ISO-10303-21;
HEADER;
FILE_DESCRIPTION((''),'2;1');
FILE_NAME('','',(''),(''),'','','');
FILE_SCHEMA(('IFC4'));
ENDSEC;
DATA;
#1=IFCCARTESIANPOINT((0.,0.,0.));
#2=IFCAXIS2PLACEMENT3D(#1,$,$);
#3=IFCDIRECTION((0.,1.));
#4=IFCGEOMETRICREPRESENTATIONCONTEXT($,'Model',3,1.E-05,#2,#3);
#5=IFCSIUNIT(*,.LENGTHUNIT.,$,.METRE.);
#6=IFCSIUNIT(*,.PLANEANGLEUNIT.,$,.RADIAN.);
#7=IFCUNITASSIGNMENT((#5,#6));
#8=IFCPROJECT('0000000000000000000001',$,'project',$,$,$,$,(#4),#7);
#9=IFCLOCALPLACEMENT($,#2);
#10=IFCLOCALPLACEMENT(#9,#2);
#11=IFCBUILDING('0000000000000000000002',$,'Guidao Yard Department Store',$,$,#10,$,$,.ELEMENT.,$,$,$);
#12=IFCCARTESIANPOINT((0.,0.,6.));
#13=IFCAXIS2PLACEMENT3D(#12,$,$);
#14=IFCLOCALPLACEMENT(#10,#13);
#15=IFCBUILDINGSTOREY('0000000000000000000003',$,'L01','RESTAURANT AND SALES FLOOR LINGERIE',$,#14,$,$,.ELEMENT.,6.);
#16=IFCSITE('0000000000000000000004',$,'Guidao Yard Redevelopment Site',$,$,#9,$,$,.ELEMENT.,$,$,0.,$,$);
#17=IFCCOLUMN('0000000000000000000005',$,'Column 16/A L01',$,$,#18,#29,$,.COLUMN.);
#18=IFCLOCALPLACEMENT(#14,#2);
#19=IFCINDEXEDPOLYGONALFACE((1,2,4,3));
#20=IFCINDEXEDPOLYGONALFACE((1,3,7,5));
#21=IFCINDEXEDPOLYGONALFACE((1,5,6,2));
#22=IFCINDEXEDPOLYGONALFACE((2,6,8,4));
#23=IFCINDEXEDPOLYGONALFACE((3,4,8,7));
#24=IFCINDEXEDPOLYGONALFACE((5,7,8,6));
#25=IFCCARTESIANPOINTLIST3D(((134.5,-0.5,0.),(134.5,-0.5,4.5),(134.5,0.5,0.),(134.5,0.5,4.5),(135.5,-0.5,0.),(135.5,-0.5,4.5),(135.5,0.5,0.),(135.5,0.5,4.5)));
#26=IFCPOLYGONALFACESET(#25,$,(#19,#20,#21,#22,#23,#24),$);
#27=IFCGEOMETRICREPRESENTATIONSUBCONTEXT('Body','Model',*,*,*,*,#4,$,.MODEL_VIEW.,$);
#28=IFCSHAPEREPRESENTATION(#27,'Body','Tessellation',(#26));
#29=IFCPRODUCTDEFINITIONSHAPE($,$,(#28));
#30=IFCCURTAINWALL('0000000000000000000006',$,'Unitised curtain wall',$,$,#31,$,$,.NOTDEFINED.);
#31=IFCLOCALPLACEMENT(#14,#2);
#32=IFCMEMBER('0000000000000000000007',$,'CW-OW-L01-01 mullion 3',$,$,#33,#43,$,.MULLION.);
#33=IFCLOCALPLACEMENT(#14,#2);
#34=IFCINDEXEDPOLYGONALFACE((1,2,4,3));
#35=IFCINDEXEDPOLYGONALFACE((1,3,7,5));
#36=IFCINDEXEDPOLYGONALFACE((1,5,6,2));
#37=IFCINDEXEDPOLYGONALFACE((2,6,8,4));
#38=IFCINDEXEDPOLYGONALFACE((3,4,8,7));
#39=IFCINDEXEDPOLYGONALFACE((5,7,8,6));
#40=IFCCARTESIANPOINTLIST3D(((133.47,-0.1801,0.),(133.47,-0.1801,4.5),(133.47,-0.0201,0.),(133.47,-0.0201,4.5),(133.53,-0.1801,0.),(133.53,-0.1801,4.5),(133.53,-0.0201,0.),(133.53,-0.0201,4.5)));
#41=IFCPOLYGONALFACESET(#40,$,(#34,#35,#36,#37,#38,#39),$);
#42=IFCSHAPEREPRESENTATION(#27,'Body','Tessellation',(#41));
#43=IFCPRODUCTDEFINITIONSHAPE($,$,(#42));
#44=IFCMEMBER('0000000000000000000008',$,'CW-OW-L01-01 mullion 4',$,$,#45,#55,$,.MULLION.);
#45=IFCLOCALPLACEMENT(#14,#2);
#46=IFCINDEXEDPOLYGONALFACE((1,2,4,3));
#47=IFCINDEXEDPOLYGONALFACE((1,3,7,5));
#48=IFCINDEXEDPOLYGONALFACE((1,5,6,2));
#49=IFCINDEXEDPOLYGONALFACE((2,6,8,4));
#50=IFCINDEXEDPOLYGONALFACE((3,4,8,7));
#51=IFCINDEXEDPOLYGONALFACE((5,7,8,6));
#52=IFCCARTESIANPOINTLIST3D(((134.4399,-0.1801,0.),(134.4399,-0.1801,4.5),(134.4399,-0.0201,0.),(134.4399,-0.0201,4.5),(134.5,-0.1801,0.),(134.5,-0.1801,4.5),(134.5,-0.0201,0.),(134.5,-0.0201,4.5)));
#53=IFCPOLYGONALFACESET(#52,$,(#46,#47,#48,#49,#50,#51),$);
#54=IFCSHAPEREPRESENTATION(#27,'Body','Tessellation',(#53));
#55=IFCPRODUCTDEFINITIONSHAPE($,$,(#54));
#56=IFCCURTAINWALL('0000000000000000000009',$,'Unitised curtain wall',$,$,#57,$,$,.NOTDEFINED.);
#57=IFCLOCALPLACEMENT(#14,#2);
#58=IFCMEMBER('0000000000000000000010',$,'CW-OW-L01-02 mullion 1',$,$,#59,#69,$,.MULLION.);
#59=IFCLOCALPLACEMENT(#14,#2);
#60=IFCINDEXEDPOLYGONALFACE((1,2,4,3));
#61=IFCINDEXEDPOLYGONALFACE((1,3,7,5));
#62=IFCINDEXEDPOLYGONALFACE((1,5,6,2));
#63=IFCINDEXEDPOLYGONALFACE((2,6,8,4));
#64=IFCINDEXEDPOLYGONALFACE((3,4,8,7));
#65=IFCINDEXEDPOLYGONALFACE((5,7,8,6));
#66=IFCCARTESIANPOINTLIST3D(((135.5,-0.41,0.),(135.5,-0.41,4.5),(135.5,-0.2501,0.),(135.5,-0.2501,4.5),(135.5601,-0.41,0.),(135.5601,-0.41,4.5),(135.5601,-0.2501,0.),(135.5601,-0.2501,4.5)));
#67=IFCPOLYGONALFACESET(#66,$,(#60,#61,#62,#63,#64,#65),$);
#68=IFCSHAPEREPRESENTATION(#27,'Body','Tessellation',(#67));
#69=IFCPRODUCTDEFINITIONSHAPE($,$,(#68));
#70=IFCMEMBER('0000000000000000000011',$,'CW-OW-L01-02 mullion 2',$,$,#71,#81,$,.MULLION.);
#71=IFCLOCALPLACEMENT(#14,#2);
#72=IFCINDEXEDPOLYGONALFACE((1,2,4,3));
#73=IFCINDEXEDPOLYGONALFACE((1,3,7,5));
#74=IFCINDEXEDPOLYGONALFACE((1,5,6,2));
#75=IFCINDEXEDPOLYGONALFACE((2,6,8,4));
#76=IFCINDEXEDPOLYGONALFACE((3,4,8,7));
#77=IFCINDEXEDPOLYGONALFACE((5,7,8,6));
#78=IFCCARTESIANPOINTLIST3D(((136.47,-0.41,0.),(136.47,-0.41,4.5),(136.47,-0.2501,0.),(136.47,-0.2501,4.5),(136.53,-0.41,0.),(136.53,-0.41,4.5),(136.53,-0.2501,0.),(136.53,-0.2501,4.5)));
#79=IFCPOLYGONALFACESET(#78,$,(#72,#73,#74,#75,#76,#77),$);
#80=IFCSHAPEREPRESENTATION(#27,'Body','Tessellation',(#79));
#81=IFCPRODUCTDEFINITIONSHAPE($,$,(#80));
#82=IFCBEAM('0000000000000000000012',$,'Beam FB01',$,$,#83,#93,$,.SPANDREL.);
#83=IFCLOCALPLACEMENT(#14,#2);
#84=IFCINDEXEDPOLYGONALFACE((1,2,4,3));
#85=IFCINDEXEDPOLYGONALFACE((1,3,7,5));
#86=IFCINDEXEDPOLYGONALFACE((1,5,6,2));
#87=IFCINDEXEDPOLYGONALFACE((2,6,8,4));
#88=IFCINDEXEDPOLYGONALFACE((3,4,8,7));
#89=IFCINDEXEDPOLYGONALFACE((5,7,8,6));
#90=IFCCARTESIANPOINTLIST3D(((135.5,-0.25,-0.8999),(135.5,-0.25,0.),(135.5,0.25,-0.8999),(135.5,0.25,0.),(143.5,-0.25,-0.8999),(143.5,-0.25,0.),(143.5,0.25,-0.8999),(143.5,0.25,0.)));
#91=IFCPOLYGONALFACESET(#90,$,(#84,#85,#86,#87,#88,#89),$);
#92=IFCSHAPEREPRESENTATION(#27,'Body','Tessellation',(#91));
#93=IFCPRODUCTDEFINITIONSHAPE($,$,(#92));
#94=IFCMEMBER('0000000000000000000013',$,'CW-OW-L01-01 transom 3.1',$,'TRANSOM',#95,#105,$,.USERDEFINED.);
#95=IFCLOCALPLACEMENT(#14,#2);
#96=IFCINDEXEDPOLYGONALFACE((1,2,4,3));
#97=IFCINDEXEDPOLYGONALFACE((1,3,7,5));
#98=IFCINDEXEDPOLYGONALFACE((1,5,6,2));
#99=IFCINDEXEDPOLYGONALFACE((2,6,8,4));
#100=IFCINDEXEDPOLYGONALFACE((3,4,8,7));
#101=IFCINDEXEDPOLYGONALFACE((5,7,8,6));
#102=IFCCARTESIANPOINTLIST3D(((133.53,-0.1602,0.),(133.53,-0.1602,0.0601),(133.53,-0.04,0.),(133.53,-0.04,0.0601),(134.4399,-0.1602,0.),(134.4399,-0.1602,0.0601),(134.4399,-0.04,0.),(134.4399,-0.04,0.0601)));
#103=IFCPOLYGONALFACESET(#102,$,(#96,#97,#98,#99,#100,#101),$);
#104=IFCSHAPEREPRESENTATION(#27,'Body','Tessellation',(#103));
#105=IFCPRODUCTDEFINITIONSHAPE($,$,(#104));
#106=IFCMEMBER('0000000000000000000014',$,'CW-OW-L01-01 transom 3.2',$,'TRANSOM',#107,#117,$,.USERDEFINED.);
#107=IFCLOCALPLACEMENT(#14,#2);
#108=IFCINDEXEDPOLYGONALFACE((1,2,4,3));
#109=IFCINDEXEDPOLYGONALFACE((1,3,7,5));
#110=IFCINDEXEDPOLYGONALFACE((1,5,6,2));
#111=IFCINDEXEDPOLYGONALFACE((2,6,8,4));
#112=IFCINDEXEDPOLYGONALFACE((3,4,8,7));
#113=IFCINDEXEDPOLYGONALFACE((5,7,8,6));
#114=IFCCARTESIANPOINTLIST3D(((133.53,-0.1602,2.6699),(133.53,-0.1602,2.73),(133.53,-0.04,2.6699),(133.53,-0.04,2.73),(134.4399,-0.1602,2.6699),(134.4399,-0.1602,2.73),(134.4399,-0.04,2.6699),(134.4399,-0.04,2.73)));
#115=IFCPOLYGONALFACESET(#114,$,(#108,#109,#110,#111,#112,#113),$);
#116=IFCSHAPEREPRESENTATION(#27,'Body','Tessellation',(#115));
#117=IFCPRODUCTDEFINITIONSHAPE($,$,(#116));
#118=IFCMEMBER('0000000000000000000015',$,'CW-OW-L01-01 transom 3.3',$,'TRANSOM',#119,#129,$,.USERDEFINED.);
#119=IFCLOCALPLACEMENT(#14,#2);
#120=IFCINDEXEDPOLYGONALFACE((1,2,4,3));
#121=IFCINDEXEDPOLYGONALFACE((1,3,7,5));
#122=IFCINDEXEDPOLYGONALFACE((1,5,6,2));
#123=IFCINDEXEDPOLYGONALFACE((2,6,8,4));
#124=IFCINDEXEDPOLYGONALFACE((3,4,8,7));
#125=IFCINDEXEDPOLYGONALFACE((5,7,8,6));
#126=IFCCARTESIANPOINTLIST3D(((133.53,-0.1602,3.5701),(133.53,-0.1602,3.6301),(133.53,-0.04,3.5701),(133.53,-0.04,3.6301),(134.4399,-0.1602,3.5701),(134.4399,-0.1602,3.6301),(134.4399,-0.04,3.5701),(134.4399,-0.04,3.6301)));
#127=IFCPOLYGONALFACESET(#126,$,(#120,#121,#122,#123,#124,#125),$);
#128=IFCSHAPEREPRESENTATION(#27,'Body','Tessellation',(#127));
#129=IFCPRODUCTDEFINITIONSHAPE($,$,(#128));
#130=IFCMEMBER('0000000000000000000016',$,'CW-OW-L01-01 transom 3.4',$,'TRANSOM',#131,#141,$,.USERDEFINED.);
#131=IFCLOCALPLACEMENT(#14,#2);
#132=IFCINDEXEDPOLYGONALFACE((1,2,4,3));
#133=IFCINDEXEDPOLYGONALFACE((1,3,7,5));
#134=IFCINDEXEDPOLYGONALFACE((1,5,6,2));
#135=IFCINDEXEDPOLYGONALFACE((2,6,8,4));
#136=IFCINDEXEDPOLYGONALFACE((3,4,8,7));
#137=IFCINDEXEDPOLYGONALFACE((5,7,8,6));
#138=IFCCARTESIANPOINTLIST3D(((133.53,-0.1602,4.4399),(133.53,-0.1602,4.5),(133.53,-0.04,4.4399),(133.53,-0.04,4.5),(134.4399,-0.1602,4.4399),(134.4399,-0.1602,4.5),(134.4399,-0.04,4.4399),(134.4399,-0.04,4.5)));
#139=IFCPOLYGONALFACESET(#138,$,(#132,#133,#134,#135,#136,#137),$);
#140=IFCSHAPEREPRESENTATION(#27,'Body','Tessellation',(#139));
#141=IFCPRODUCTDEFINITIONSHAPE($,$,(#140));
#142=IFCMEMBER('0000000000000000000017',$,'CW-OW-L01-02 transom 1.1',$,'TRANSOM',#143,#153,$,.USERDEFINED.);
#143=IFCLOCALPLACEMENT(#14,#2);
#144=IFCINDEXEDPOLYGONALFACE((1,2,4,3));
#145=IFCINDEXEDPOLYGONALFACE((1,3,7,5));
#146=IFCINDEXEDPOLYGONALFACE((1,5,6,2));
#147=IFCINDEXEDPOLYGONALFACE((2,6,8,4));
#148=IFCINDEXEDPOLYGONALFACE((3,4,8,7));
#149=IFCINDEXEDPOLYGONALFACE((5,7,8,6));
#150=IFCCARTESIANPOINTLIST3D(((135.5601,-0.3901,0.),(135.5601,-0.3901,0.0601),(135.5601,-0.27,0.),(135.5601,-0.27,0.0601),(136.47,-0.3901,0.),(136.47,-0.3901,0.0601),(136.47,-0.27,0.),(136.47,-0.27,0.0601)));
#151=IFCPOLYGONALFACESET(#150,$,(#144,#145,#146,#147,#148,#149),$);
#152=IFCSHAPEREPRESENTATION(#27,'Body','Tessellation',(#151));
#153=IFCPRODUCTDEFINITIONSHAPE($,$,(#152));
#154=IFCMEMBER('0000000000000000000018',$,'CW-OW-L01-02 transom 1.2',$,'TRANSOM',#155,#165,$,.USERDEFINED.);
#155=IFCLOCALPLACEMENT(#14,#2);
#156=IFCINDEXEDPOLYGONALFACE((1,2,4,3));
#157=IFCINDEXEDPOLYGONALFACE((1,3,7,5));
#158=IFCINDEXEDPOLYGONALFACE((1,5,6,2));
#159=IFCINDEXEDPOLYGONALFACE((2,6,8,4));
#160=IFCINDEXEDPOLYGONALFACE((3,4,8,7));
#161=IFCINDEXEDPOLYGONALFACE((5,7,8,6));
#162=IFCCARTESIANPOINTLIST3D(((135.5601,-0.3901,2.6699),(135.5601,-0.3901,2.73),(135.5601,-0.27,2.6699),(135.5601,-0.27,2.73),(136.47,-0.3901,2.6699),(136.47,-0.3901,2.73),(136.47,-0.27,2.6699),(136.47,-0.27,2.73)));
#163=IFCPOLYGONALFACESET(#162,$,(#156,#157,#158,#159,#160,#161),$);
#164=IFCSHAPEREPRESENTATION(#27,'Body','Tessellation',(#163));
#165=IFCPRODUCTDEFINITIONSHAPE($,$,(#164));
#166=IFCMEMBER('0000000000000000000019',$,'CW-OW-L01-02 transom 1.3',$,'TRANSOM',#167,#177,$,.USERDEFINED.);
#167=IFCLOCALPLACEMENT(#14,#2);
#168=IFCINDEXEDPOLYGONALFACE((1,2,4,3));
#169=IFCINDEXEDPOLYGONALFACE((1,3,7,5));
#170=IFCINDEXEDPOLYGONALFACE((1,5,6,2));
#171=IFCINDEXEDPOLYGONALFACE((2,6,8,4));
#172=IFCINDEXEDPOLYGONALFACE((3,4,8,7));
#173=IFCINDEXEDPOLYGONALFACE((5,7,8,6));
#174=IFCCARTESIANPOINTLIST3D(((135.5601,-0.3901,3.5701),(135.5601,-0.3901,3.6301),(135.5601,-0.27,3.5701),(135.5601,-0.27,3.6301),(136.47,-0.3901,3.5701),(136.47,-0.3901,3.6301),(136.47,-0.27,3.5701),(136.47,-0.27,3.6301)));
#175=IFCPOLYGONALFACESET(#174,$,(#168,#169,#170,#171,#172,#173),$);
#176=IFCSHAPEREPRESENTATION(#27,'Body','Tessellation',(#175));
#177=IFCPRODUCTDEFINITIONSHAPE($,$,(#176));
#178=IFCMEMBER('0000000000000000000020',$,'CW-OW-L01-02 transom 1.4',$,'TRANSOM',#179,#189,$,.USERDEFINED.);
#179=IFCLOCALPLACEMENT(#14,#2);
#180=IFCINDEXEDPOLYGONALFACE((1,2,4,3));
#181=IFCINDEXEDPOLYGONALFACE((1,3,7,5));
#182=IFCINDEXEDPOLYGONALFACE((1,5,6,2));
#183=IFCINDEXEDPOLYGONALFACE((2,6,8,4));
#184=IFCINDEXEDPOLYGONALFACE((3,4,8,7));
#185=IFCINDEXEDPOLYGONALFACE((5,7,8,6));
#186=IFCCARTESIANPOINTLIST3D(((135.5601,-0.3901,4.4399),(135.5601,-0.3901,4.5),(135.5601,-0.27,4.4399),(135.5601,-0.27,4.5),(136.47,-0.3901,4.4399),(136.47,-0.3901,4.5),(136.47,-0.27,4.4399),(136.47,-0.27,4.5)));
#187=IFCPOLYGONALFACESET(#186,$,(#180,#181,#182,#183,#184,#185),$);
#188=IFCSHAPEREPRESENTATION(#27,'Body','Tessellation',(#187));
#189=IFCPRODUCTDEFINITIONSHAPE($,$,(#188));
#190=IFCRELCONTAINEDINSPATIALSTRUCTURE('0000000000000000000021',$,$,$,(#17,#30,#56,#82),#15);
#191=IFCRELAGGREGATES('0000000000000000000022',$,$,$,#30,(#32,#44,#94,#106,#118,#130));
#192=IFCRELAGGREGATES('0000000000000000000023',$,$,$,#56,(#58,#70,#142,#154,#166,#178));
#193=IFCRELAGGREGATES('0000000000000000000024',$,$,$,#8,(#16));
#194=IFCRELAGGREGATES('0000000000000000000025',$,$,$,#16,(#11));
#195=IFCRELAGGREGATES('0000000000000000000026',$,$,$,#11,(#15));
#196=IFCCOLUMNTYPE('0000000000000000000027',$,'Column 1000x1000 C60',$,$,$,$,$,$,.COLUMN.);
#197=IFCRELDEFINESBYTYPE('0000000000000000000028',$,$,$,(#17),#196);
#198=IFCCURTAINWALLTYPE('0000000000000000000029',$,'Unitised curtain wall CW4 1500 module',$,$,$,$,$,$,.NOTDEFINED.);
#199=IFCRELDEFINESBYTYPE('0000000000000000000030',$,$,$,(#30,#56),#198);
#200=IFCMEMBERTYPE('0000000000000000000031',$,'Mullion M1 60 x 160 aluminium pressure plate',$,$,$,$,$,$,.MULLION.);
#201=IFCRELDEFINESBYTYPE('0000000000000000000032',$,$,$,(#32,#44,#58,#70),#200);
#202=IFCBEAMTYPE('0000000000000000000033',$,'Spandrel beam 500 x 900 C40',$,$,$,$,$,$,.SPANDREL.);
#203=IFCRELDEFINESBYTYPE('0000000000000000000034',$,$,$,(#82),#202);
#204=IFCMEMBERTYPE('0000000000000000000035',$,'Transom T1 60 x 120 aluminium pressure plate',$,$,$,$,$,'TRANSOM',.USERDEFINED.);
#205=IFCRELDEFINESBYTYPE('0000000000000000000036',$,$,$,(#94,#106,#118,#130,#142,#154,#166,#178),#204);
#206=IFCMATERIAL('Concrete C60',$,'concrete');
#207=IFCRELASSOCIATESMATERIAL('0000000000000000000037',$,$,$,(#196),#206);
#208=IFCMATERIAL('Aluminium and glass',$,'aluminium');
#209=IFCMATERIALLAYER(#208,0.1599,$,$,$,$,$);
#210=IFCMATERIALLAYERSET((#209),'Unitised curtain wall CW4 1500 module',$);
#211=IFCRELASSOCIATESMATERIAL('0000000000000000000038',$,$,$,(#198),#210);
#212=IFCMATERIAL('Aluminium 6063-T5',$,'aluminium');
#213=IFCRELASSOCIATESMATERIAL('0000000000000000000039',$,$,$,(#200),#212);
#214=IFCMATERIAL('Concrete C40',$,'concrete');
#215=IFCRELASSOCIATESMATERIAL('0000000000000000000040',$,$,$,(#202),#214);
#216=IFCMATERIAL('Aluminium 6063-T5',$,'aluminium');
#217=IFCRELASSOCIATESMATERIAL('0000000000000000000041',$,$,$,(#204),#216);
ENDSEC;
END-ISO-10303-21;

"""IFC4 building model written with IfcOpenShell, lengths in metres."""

from ifc_helpers import new_model, si_unit, direction, frame, origin, origin_2d, place, context, subcontext, project, spatial, rectangle, extrude, material, layer, layer_set, material_profile, profile_set, type_object, element, aggregate, save


model = new_model("IFC4")

# Units and contexts
model_context = context("Model", 3, precision=1e-05, world=origin(), true_north=direction((0.0, 1.0)))
body_context = subcontext(model_context, "Body", "Model", "MODEL_VIEW")
ifc_project = project(units=[si_unit("LENGTHUNIT", "METRE"), si_unit("PLANEANGLEUNIT", "RADIAN")], contexts=[model_context])

# Site, building, storey
site_placement = place(None, origin())
site = spatial("IfcSite", under=ifc_project, at=site_placement, Name="Guidao Yard Redevelopment Site", CompositionType="ELEMENT", RefElevation=0.0)
building_placement = place(site_placement, origin())
building = spatial("IfcBuilding", under=site, at=building_placement, Name="Guidao Yard Department Store", CompositionType="ELEMENT")
storey_placement = place(building_placement, frame((0.0, 0.0, 6.0)))
storey = spatial("IfcBuildingStorey", under=building, at=storey_placement, Name="L01", Description="RESTAURANT AND SALES FLOOR LINGERIE", CompositionType="ELEMENT", Elevation=6.0)

# Column
ifc_material_1 = material(Name="Concrete C60", Category="concrete")
ifc_material_profile_1 = material_profile(ifc_material_1, rectangle(XDim=1.0, YDim=1.0, at=origin_2d()), Name="COL 1000x1000")
ifc_profile_set_1 = profile_set([ifc_material_profile_1], Name="Concrete C60")
column_type = type_object("IfcColumnType", Name="Column 1000x1000 C60", PredefinedType="COLUMN", material=ifc_profile_set_1)
column_placement = place(storey_placement, frame((135.0, 0.0, 0.0), z_axis=(0.0, 0.0, 1.0), x_axis=(1.0, 0.0, 0.0)))
element("IfcColumn", 1, at=column_placement, inside=storey, type_object=column_type, Name="Column 16/A L01", PredefinedType="COLUMN", context=body_context, shape_type="SweptSolid", body=[
    extrude(rectangle(XDim=1.0, YDim=1.0, at=origin_2d()), origin(), (0.0, 0.0, 1.0), 4.5),
])

# Curtain walls, members
ifc_material_2 = material(Name="Aluminium and glass", Category="aluminium")
ifc_layer_1 = layer(ifc_material_2, 0.1599)
ifc_layer_set_1 = layer_set([ifc_layer_1], Name="Unitised curtain wall CW4 1500 module")
curtain_wall_type = type_object("IfcCurtainWallType", Name="Unitised curtain wall CW4 1500 module", PredefinedType="NOTDEFINED", material=ifc_layer_set_1)
curtain_wall_1_placement = place(storey_placement, origin())
curtain_wall_1 = element("IfcCurtainWall", 2, at=curtain_wall_1_placement, inside=storey, type_object=curtain_wall_type, Name="Unitised curtain wall", PredefinedType="NOTDEFINED")
ifc_material_3 = material(Name="Aluminium 6063-T5", Category="aluminium")
ifc_material_profile_2 = material_profile(ifc_material_3, rectangle(XDim=0.0601, YDim=0.1599, at=origin_2d()), Name="Mullion M1 60 x 160 aluminium pressure plate")
ifc_profile_set_2 = profile_set([ifc_material_profile_2], Name="Aluminium 6063-T5")
member_type_1 = type_object("IfcMemberType", Name="Mullion M1 60 x 160 aluminium pressure plate", PredefinedType="MULLION", material=ifc_profile_set_2)
member_1_placement = place(storey_placement, frame((133.5, -0.1001, 0.0), z_axis=(0.0, 0.0, 1.0), x_axis=(-1.0, 0.0, 0.0)))
member_1 = element("IfcMember", 3, at=member_1_placement, type_object=member_type_1, Name="CW-OW-L01-01 mullion 3", PredefinedType="MULLION", context=body_context, shape_type="SweptSolid", body=[
    extrude(rectangle(XDim=0.0601, YDim=0.1599, at=origin_2d()), origin(), (0.0, 0.0, 1.0), 4.5),
])
member_2_placement = place(storey_placement, frame((134.47, -0.1001, 0.0), z_axis=(0.0, 0.0, 1.0), x_axis=(-1.0, 0.0, 0.0)))
member_2 = element("IfcMember", 4, at=member_2_placement, type_object=member_type_1, Name="CW-OW-L01-01 mullion 4", PredefinedType="MULLION", context=body_context, shape_type="SweptSolid", body=[
    extrude(rectangle(XDim=0.0601, YDim=0.1599, at=origin_2d()), origin(), (0.0, 0.0, 1.0), 4.5),
])
curtain_wall_2_placement = place(storey_placement, origin())
curtain_wall_2 = element("IfcCurtainWall", 5, at=curtain_wall_2_placement, inside=storey, type_object=curtain_wall_type, Name="Unitised curtain wall", PredefinedType="NOTDEFINED")
member_3_placement = place(storey_placement, frame((135.53, -0.3301, 0.0), z_axis=(0.0, 0.0, 1.0), x_axis=(-1.0, 0.0, 0.0)))
member_3 = element("IfcMember", 6, at=member_3_placement, type_object=member_type_1, Name="CW-OW-L01-02 mullion 1", PredefinedType="MULLION", context=body_context, shape_type="SweptSolid", body=[
    extrude(rectangle(XDim=0.0601, YDim=0.1599, at=origin_2d()), origin(), (0.0, 0.0, 1.0), 4.5),
])
member_4_placement = place(storey_placement, frame((136.5, -0.3301, 0.0), z_axis=(0.0, 0.0, 1.0), x_axis=(-1.0, 0.0, 0.0)))
member_4 = element("IfcMember", 7, at=member_4_placement, type_object=member_type_1, Name="CW-OW-L01-02 mullion 2", PredefinedType="MULLION", context=body_context, shape_type="SweptSolid", body=[
    extrude(rectangle(XDim=0.0601, YDim=0.1599, at=origin_2d()), origin(), (0.0, 0.0, 1.0), 4.5),
])

# Beam
ifc_material_4 = material(Name="Concrete C40", Category="concrete")
ifc_material_profile_3 = material_profile(ifc_material_4, rectangle(XDim=0.5, YDim=0.8999, at=origin_2d()), Name="Spandrel beam 500 x 900 C40")
ifc_profile_set_3 = profile_set([ifc_material_profile_3], Name="Concrete C40")
beam_type = type_object("IfcBeamType", Name="Spandrel beam 500 x 900 C40", PredefinedType="SPANDREL", material=ifc_profile_set_3)
beam_placement = place(storey_placement, frame((135.5, 0.0, -0.45), z_axis=(1.0, 0.0, 0.0), x_axis=(0.0, 1.0, 0.0)))
element("IfcBeam", 8, at=beam_placement, inside=storey, type_object=beam_type, Name="Beam FB01", PredefinedType="SPANDREL", context=body_context, shape_type="SweptSolid", body=[
    extrude(rectangle(XDim=0.5, YDim=0.8999, at=origin_2d()), origin(), (0.0, 0.0, 1.0), 8.0),
])

# Members
ifc_material_5 = material(Name="Aluminium 6063-T5", Category="aluminium")
ifc_material_profile_4 = material_profile(ifc_material_5, rectangle(XDim=0.1201, YDim=0.0601, at=origin_2d()), Name="Transom T1 60 x 120 aluminium pressure plate")
ifc_profile_set_4 = profile_set([ifc_material_profile_4], Name="Aluminium 6063-T5")
member_type_2 = type_object("IfcMemberType", Name="Transom T1 60 x 120 aluminium pressure plate", ElementType="TRANSOM", PredefinedType="USERDEFINED", material=ifc_profile_set_4)
member_5_placement = place(storey_placement, frame((134.4399, -0.1001, 0.03), z_axis=(-1.0, 0.0, 0.0), x_axis=(0.0, -1.0, 0.0)))
member_5 = element("IfcMember", 9, at=member_5_placement, type_object=member_type_2, Name="CW-OW-L01-01 transom 3.1", ObjectType="TRANSOM", PredefinedType="USERDEFINED", context=body_context, shape_type="SweptSolid", body=[
    extrude(rectangle(XDim=0.1201, YDim=0.0601, at=origin_2d()), origin(), (0.0, 0.0, 1.0), 0.9099),
])
member_6_placement = place(storey_placement, frame((134.4399, -0.1001, 2.7), z_axis=(-1.0, 0.0, 0.0), x_axis=(0.0, -1.0, 0.0)))
member_6 = element("IfcMember", 10, at=member_6_placement, type_object=member_type_2, Name="CW-OW-L01-01 transom 3.2", ObjectType="TRANSOM", PredefinedType="USERDEFINED", context=body_context, shape_type="SweptSolid", body=[
    extrude(rectangle(XDim=0.1201, YDim=0.0601, at=origin_2d()), origin(), (0.0, 0.0, 1.0), 0.9099),
])
member_7_placement = place(storey_placement, frame((134.4399, -0.1001, 3.6001), z_axis=(-1.0, 0.0, 0.0), x_axis=(0.0, -1.0, 0.0)))
member_7 = element("IfcMember", 11, at=member_7_placement, type_object=member_type_2, Name="CW-OW-L01-01 transom 3.3", ObjectType="TRANSOM", PredefinedType="USERDEFINED", context=body_context, shape_type="SweptSolid", body=[
    extrude(rectangle(XDim=0.1201, YDim=0.0601, at=origin_2d()), origin(), (0.0, 0.0, 1.0), 0.9099),
])
member_8_placement = place(storey_placement, frame((134.4399, -0.1001, 4.47), z_axis=(-1.0, 0.0, 0.0), x_axis=(0.0, -1.0, 0.0)))
member_8 = element("IfcMember", 12, at=member_8_placement, type_object=member_type_2, Name="CW-OW-L01-01 transom 3.4", ObjectType="TRANSOM", PredefinedType="USERDEFINED", context=body_context, shape_type="SweptSolid", body=[
    extrude(rectangle(XDim=0.1201, YDim=0.0601, at=origin_2d()), origin(), (0.0, 0.0, 1.0), 0.9099),
])
member_9_placement = place(storey_placement, frame((136.47, -0.3301, 0.03), z_axis=(-1.0, 0.0, 0.0), x_axis=(0.0, -1.0, 0.0)))
member_9 = element("IfcMember", 13, at=member_9_placement, type_object=member_type_2, Name="CW-OW-L01-02 transom 1.1", ObjectType="TRANSOM", PredefinedType="USERDEFINED", context=body_context, shape_type="SweptSolid", body=[
    extrude(rectangle(XDim=0.1201, YDim=0.0601, at=origin_2d()), origin(), (0.0, 0.0, 1.0), 0.9099),
])
member_10_placement = place(storey_placement, frame((136.47, -0.3301, 2.7), z_axis=(-1.0, 0.0, 0.0), x_axis=(0.0, -1.0, 0.0)))
member_10 = element("IfcMember", 14, at=member_10_placement, type_object=member_type_2, Name="CW-OW-L01-02 transom 1.2", ObjectType="TRANSOM", PredefinedType="USERDEFINED", context=body_context, shape_type="SweptSolid", body=[
    extrude(rectangle(XDim=0.1201, YDim=0.0601, at=origin_2d()), origin(), (0.0, 0.0, 1.0), 0.9099),
])
member_11_placement = place(storey_placement, frame((136.47, -0.3301, 3.6001), z_axis=(-1.0, 0.0, 0.0), x_axis=(0.0, -1.0, 0.0)))
member_11 = element("IfcMember", 15, at=member_11_placement, type_object=member_type_2, Name="CW-OW-L01-02 transom 1.3", ObjectType="TRANSOM", PredefinedType="USERDEFINED", context=body_context, shape_type="SweptSolid", body=[
    extrude(rectangle(XDim=0.1201, YDim=0.0601, at=origin_2d()), origin(), (0.0, 0.0, 1.0), 0.9099),
])
member_12_placement = place(storey_placement, frame((136.47, -0.3301, 4.47), z_axis=(-1.0, 0.0, 0.0), x_axis=(0.0, -1.0, 0.0)))
member_12 = element("IfcMember", 16, at=member_12_placement, type_object=member_type_2, Name="CW-OW-L01-02 transom 1.4", ObjectType="TRANSOM", PredefinedType="USERDEFINED", context=body_context, shape_type="SweptSolid", body=[
    extrude(rectangle(XDim=0.1201, YDim=0.0601, at=origin_2d()), origin(), (0.0, 0.0, 1.0), 0.9099),
])

aggregate(curtain_wall_1, [member_1, member_2, member_5, member_6, member_7, member_8])
aggregate(curtain_wall_2, [member_3, member_4, member_9, member_10, member_11, member_12])

save(model, "model.ifc")
